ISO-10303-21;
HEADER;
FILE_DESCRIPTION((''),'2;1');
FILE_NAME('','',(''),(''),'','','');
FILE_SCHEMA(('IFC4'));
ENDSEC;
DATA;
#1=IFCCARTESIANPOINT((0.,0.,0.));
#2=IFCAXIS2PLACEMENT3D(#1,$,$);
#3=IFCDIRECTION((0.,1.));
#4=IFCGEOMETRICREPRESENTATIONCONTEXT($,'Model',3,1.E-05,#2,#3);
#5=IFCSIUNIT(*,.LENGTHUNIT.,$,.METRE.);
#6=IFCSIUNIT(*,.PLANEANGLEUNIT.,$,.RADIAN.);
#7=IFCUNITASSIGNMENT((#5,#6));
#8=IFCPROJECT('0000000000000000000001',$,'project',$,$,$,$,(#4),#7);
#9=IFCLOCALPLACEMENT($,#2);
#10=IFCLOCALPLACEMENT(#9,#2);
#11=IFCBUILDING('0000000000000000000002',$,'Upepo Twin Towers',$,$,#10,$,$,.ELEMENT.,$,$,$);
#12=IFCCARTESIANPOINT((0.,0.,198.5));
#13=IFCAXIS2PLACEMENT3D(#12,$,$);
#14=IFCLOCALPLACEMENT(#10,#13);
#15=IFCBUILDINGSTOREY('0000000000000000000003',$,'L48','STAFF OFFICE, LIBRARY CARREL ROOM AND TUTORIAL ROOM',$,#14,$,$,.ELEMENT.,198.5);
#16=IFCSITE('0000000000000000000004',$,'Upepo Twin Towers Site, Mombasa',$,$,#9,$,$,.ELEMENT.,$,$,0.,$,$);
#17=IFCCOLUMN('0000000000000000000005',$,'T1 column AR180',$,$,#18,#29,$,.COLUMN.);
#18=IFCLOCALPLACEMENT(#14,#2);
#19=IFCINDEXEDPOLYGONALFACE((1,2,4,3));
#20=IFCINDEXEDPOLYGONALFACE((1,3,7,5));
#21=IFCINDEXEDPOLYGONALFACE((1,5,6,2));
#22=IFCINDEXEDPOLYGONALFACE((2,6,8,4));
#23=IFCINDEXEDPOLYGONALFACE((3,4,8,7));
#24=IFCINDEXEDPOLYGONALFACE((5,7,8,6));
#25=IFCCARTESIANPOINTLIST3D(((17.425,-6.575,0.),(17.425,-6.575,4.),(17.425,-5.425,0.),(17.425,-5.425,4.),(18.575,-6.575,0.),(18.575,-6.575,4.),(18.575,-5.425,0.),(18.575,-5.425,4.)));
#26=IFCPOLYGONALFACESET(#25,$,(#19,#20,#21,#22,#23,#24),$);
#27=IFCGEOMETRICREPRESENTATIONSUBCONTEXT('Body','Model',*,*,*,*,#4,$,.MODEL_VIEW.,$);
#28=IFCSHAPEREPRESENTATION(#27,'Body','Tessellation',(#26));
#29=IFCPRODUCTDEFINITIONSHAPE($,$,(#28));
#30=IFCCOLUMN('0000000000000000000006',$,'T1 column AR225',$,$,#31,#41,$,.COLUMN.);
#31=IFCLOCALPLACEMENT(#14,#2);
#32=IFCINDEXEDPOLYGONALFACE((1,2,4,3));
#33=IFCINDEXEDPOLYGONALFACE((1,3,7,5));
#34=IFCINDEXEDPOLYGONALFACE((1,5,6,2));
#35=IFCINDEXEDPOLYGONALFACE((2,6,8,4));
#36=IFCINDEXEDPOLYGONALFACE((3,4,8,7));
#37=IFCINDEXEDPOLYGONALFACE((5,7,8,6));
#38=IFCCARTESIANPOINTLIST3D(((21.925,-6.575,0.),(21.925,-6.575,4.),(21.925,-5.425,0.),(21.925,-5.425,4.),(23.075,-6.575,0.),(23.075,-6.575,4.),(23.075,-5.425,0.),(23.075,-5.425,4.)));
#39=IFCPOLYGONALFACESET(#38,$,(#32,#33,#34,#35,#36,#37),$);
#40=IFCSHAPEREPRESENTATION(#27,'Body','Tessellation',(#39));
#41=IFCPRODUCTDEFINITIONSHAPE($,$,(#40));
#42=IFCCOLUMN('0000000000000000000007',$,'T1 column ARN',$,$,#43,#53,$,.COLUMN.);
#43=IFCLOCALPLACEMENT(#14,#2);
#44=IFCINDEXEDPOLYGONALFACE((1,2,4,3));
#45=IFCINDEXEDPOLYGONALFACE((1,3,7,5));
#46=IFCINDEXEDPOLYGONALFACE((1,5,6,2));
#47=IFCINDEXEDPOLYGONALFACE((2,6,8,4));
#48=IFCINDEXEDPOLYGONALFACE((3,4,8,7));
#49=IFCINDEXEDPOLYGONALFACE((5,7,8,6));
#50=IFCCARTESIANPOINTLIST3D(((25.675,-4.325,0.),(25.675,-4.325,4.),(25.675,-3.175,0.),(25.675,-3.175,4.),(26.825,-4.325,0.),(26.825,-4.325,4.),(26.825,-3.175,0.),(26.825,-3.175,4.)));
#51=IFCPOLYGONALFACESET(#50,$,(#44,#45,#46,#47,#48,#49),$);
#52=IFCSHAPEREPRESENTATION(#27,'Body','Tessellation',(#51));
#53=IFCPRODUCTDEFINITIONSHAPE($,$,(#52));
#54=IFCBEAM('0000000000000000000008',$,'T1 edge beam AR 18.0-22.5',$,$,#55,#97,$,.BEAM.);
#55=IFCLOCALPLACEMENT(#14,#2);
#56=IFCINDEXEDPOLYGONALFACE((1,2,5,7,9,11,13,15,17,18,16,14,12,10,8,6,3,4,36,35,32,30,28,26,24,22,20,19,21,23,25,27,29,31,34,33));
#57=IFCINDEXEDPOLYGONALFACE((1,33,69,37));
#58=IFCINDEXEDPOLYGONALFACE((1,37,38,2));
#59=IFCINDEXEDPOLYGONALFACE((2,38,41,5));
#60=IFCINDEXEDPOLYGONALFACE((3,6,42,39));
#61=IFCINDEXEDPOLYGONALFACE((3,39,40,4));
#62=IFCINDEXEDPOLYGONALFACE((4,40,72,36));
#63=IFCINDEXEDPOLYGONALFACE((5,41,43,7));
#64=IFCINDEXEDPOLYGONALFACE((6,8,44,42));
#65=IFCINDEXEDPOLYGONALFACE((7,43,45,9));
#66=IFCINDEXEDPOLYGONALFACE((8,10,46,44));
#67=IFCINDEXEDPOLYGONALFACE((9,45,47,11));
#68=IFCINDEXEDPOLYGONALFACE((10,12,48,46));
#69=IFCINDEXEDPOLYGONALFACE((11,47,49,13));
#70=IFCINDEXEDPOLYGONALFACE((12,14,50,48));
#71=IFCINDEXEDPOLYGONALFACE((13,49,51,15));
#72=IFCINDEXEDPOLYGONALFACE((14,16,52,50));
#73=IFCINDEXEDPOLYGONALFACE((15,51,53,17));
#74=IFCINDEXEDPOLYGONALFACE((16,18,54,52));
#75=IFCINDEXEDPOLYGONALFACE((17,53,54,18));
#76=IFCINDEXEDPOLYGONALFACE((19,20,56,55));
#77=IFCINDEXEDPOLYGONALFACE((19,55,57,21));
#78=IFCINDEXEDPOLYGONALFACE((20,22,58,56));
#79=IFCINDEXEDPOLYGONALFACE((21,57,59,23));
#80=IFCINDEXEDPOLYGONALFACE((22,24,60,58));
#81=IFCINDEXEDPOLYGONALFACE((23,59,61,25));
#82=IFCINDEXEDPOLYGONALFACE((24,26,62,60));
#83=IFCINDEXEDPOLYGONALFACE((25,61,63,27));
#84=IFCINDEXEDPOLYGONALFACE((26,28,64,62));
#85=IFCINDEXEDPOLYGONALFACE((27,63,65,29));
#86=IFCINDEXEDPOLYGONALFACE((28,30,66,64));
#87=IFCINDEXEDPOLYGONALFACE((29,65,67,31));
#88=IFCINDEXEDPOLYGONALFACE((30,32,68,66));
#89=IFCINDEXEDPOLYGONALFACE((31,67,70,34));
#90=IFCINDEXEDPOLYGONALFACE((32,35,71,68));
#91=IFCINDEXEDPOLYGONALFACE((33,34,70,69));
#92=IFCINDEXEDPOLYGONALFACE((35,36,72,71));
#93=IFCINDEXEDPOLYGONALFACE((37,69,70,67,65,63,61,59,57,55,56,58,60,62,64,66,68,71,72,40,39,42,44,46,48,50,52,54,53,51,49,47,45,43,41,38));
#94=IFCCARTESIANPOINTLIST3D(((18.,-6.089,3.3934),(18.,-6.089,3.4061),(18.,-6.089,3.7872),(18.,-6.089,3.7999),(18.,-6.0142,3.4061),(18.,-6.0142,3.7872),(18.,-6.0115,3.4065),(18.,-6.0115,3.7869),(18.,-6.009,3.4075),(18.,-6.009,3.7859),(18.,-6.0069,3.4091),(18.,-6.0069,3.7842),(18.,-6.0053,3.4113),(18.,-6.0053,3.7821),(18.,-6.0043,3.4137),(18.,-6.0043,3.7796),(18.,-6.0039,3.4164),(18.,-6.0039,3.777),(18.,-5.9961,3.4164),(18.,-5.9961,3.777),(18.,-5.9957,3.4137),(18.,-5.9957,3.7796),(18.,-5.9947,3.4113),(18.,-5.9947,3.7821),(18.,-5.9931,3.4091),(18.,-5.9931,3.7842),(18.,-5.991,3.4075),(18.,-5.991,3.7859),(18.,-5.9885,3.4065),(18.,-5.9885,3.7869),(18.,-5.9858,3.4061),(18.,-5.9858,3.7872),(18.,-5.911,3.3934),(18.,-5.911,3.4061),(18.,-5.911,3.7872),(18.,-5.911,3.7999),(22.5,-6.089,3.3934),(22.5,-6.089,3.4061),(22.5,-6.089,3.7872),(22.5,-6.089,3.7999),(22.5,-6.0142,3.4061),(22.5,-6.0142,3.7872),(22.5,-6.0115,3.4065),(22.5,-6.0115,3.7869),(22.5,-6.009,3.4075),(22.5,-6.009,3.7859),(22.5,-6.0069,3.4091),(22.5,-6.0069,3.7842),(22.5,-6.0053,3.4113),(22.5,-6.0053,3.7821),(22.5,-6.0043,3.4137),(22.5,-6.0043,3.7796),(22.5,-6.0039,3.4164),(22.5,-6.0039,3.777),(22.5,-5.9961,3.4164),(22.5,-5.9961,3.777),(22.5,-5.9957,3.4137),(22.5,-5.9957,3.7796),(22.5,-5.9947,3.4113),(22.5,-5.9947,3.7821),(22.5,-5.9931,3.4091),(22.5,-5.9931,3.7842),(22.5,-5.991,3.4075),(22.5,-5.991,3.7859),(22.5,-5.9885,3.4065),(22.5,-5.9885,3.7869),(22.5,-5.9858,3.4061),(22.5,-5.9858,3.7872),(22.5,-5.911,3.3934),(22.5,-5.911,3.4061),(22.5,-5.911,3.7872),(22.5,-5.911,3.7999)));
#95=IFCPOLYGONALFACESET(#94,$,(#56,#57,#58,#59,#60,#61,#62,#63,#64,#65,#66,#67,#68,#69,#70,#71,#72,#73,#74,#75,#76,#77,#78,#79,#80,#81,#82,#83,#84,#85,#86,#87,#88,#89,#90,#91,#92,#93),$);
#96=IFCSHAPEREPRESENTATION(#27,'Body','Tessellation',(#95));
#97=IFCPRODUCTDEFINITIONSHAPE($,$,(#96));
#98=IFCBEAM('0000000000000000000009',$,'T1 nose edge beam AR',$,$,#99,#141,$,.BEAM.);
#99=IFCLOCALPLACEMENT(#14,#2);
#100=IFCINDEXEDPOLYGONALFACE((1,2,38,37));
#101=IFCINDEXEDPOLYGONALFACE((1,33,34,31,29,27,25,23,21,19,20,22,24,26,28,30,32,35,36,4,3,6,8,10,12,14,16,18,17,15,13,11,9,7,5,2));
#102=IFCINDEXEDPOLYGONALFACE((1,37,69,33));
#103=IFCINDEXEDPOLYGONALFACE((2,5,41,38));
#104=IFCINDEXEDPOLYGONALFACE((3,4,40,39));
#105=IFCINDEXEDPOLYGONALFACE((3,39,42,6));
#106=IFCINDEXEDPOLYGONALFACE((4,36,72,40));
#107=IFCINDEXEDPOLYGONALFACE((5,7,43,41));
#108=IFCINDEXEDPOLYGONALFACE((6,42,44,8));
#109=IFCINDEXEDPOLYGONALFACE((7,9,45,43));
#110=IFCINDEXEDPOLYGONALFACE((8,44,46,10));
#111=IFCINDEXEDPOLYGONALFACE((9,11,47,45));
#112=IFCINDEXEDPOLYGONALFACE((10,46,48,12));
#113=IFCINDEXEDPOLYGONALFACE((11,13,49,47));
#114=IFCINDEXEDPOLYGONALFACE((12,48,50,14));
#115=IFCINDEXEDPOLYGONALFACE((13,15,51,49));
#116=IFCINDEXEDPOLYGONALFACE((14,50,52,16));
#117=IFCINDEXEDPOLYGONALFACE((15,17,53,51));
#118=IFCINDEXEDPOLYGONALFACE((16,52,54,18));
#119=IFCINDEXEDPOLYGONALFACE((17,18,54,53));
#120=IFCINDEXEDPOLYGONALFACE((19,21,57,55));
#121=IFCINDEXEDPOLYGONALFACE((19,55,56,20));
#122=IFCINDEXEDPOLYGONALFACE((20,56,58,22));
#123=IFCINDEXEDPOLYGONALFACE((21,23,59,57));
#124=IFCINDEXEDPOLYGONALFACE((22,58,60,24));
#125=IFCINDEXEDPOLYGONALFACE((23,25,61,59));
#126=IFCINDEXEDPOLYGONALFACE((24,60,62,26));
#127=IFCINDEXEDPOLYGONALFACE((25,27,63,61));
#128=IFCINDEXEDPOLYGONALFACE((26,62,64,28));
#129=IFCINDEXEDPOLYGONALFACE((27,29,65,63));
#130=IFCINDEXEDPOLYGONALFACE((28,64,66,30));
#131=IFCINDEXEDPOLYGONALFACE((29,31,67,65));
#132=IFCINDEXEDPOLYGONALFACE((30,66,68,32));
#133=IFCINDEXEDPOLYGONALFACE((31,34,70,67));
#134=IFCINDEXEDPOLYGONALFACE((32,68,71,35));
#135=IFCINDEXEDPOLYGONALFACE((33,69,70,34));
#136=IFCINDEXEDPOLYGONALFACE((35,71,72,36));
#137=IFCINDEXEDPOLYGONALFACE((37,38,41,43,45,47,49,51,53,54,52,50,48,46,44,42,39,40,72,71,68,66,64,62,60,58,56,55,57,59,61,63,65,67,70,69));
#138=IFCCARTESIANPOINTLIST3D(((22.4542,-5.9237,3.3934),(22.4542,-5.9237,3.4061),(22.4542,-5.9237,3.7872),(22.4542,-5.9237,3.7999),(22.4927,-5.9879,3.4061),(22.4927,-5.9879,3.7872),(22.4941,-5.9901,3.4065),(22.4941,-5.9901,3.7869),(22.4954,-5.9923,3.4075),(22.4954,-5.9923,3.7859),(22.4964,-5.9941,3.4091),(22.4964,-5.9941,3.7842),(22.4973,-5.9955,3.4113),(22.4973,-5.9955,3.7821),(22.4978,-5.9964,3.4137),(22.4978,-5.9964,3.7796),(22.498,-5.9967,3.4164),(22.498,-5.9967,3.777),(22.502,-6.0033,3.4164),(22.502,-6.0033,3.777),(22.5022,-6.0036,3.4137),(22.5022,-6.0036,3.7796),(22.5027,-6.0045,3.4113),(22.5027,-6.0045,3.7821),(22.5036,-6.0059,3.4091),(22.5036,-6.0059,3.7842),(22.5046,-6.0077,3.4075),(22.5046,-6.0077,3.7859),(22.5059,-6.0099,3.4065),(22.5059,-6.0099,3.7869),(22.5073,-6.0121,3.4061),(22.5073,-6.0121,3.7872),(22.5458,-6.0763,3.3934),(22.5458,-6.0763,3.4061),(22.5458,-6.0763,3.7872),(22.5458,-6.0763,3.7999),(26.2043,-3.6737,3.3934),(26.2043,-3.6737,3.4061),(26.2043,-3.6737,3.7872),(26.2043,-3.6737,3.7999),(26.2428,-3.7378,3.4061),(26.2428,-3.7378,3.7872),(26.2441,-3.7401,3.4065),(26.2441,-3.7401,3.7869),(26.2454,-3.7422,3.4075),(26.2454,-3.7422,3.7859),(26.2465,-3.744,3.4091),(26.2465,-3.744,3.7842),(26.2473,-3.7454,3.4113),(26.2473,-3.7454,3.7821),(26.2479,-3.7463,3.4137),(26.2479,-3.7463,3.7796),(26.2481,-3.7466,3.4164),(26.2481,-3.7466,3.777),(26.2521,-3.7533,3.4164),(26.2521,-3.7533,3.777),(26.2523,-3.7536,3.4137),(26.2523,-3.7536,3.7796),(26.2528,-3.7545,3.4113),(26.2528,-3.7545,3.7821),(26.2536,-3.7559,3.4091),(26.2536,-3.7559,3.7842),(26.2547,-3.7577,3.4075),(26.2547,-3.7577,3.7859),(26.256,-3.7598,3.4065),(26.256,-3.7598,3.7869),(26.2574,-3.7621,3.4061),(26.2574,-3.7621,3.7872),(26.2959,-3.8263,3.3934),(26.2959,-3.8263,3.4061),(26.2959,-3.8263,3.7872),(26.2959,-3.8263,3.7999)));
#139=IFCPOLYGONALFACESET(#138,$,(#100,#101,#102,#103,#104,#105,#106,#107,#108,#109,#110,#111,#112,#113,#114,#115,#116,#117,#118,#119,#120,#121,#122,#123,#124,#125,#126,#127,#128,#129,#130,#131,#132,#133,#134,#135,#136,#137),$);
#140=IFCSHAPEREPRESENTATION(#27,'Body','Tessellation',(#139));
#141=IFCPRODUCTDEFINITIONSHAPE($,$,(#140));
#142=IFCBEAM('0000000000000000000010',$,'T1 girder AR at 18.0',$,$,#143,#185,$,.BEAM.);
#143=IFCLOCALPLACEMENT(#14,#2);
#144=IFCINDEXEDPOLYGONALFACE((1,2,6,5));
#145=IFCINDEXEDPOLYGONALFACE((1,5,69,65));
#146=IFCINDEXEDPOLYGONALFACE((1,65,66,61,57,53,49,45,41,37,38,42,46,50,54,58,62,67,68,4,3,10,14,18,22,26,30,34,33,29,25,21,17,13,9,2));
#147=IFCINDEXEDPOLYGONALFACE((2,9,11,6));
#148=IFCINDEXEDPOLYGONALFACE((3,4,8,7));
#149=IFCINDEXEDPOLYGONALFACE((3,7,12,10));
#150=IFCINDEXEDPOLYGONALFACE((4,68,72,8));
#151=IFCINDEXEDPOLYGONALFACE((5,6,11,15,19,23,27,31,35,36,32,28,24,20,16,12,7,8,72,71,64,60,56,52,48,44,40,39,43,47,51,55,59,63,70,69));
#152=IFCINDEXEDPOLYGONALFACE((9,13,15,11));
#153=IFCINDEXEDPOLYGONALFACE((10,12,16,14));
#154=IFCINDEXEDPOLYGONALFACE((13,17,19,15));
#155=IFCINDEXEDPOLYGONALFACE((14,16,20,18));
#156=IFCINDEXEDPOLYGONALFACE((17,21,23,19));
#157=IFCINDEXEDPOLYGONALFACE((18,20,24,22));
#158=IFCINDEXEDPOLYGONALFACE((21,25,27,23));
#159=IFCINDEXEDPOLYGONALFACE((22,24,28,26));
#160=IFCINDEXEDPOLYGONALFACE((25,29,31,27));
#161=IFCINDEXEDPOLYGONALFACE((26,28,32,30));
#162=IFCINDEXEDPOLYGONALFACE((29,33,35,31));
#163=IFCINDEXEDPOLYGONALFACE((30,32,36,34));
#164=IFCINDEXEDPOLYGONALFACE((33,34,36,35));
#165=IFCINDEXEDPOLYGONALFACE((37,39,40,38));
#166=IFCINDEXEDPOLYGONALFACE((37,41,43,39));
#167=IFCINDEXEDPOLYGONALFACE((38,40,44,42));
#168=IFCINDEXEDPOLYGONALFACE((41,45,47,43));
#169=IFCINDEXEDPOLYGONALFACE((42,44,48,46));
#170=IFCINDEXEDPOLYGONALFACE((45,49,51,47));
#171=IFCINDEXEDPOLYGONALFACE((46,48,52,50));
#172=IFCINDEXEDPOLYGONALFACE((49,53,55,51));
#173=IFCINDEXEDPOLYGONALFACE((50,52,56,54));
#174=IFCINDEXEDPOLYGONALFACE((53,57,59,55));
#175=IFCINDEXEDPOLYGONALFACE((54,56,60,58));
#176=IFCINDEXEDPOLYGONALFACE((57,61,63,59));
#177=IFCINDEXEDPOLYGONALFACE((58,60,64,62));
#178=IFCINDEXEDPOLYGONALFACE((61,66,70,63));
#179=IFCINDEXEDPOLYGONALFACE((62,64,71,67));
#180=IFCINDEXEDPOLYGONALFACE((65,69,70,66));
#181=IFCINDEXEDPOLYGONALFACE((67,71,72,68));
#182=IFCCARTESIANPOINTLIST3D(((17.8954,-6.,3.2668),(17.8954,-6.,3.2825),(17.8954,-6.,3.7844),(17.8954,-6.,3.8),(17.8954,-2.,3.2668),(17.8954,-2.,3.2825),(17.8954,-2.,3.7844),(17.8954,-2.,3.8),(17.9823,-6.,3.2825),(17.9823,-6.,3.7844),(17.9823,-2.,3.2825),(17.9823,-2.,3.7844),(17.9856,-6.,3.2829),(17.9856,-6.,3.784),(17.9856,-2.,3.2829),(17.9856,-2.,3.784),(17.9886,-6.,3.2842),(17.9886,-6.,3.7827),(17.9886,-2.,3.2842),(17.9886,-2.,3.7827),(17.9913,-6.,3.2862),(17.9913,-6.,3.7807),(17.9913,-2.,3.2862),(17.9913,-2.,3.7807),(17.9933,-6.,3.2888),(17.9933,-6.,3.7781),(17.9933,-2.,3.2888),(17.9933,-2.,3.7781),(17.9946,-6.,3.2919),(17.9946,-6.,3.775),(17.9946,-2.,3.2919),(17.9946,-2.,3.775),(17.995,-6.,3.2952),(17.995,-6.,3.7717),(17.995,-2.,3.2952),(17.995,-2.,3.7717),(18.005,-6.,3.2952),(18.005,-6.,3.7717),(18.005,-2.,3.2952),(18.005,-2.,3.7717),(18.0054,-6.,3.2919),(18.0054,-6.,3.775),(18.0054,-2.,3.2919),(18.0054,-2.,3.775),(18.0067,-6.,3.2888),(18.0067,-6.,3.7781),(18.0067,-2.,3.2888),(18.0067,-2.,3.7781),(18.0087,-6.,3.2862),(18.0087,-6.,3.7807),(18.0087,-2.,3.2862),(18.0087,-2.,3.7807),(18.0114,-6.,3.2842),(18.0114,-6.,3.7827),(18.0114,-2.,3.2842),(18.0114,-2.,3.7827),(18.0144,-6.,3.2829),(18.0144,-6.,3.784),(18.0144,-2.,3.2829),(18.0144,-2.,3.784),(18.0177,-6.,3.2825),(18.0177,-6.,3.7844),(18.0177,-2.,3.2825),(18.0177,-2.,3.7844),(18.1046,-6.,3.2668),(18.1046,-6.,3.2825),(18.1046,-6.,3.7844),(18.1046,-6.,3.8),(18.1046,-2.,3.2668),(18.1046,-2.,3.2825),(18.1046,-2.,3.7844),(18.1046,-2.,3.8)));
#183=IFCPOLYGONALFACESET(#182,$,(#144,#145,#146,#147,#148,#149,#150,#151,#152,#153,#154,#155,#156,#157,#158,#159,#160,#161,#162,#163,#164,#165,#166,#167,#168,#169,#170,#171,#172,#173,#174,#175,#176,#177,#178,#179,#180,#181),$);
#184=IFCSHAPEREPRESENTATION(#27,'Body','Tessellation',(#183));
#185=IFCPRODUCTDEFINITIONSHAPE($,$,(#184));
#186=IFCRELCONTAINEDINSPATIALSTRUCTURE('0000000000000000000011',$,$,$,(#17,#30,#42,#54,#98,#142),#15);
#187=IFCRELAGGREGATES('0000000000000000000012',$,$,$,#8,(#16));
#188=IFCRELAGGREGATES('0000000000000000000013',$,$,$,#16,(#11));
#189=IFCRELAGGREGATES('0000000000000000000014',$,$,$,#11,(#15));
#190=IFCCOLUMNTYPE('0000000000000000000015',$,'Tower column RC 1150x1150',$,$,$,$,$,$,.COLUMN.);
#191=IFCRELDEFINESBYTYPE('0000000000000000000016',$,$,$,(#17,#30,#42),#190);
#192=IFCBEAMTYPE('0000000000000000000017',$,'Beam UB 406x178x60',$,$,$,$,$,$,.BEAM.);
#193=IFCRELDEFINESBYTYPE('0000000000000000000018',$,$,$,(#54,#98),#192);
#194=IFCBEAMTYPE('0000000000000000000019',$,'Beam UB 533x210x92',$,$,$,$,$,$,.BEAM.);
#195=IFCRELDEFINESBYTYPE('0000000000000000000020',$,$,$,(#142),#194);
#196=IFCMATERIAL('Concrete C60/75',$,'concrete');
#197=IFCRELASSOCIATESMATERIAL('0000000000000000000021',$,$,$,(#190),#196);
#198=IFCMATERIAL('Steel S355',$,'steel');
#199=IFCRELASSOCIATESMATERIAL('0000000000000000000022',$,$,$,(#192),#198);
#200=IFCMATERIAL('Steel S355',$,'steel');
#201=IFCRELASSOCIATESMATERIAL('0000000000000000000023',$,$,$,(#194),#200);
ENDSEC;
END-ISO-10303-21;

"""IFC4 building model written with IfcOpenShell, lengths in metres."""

from ifc_helpers import new_model, si_unit, direction, frame, origin, origin_2d, place, context, subcontext, project, spatial, rectangle, i_section, extrude, material, material_profile, profile_set, type_object, element, save


model = new_model("IFC4")

# Units and contexts
model_context = context("Model", 3, precision=1e-05, world=origin(), true_north=direction((0.0, 1.0)))
body_context = subcontext(model_context, "Body", "Model", "MODEL_VIEW")
ifc_project = project(units=[si_unit("LENGTHUNIT", "METRE"), si_unit("PLANEANGLEUNIT", "RADIAN")], contexts=[model_context])

# Site, building, storey
site_placement = place(None, origin())
site = spatial("IfcSite", under=ifc_project, at=site_placement, Name="Upepo Twin Towers Site, Mombasa", CompositionType="ELEMENT", RefElevation=0.0)
building_placement = place(site_placement, origin())
building = spatial("IfcBuilding", under=site, at=building_placement, Name="Upepo Twin Towers", CompositionType="ELEMENT")
storey_placement = place(building_placement, frame((0.0, 0.0, 198.5)))
storey = spatial("IfcBuildingStorey", under=building, at=storey_placement, Name="L48", Description="STAFF OFFICE, LIBRARY CARREL ROOM AND TUTORIAL ROOM", CompositionType="ELEMENT", Elevation=198.5)

# Columns
ifc_material_1 = material(Name="Concrete C60/75", Category="concrete")
ifc_material_profile_1 = material_profile(ifc_material_1, rectangle(XDim=1.1499, YDim=1.1499, at=origin_2d()), Name="RC 1150x1150")
ifc_profile_set_1 = profile_set([ifc_material_profile_1], Name="Concrete C60/75")
column_type = type_object("IfcColumnType", Name="Tower column RC 1150x1150", PredefinedType="COLUMN", material=ifc_profile_set_1)
for number, where, z_axis, x_axis, name in (
    (1, (18.0, -6.0, 0.0), (0.0, 0.0, 1.0), (1.0, 0.0, 0.0), "T1 column AR180"),
    (2, (22.5, -6.0, 0.0), (0.0, 0.0, 1.0), (1.0, 0.0, 0.0), "T1 column AR225"),
    (3, (26.25, -3.75, 0.0), (0.0, 0.0, 1.0), (1.0, 0.0, 0.0), "T1 column ARN"),
):
    element("IfcColumn", number, at=place(storey_placement, frame(where, z_axis=z_axis, x_axis=x_axis)), inside=storey, type_object=column_type, Name=name, PredefinedType="COLUMN", context=body_context, shape_type="SweptSolid", body=[
        extrude(rectangle(XDim=1.1499, YDim=1.1499, at=origin_2d()), origin(), (0.0, 0.0, 1.0), 4.0),
    ])

# Beams
ifc_material_2 = material(Name="Steel S355", Category="steel")
ifc_material_profile_2 = material_profile(ifc_material_2, i_section(OverallWidth=0.178, OverallDepth=0.4065, WebThickness=0.0078, FlangeThickness=0.0127, FilletRadius=0.0103, at=origin_2d()), Name="UB 406x178x60")
ifc_profile_set_2 = profile_set([ifc_material_profile_2], Name="Steel S355")
beam_type_1 = type_object("IfcBeamType", Name="Beam UB 406x178x60", PredefinedType="BEAM", material=ifc_profile_set_2)
beam_1_placement = place(storey_placement, frame((18.0, -6.0, 3.5967), z_axis=(1.0, 0.0, 0.0), x_axis=(0.0, 1.0, 0.0)))
element("IfcBeam", 4, at=beam_1_placement, inside=storey, type_object=beam_type_1, Name="T1 edge beam AR 18.0-22.5", PredefinedType="BEAM", context=body_context, shape_type="SweptSolid", body=[
    extrude(i_section(OverallWidth=0.178, OverallDepth=0.4065, WebThickness=0.0078, FlangeThickness=0.0127, FilletRadius=0.0103, at=origin_2d()), origin(), (0.0, 0.0, 1.0), 4.5),
])
beam_2_placement = place(storey_placement, frame((22.5, -6.0, 3.5967), z_axis=(0.857493, 0.514496, 0.0), x_axis=(-0.514496, 0.857493, 0.0)))
element("IfcBeam", 5, at=beam_2_placement, inside=storey, type_object=beam_type_1, Name="T1 nose edge beam AR", PredefinedType="BEAM", context=body_context, shape_type="SweptSolid", body=[
    extrude(i_section(OverallWidth=0.178, OverallDepth=0.4065, WebThickness=0.0078, FlangeThickness=0.0127, FilletRadius=0.0103, at=origin_2d()), origin(), (0.0, 0.0, 1.0), 4.3733),
])
ifc_material_3 = material(Name="Steel S355", Category="steel")
ifc_material_profile_3 = material_profile(ifc_material_3, i_section(OverallWidth=0.2092, OverallDepth=0.5332, WebThickness=0.01, FlangeThickness=0.0156, FilletRadius=0.0127, at=origin_2d()), Name="UB 533x210x92")
ifc_profile_set_3 = profile_set([ifc_material_profile_3], Name="Steel S355")
beam_type_2 = type_object("IfcBeamType", Name="Beam UB 533x210x92", PredefinedType="BEAM", material=ifc_profile_set_3)
for number, where, z_axis, x_axis, name in (
    (6, (18.0, -6.0, 3.5334), (0.0, 1.0, 0.0), (-1.0, 0.0, 0.0), "T1 girder AR at 18.0"),
):
    element("IfcBeam", number, at=place(storey_placement, frame(where, z_axis=z_axis, x_axis=x_axis)), inside=storey, type_object=beam_type_2, Name=name, PredefinedType="BEAM", context=body_context, shape_type="SweptSolid", body=[
        extrude(i_section(OverallWidth=0.2092, OverallDepth=0.5332, WebThickness=0.01, FlangeThickness=0.0156, FilletRadius=0.0127, at=origin_2d()), origin(), (0.0, 0.0, 1.0), 4.0),
    ])

save(model, "model.ifc")
